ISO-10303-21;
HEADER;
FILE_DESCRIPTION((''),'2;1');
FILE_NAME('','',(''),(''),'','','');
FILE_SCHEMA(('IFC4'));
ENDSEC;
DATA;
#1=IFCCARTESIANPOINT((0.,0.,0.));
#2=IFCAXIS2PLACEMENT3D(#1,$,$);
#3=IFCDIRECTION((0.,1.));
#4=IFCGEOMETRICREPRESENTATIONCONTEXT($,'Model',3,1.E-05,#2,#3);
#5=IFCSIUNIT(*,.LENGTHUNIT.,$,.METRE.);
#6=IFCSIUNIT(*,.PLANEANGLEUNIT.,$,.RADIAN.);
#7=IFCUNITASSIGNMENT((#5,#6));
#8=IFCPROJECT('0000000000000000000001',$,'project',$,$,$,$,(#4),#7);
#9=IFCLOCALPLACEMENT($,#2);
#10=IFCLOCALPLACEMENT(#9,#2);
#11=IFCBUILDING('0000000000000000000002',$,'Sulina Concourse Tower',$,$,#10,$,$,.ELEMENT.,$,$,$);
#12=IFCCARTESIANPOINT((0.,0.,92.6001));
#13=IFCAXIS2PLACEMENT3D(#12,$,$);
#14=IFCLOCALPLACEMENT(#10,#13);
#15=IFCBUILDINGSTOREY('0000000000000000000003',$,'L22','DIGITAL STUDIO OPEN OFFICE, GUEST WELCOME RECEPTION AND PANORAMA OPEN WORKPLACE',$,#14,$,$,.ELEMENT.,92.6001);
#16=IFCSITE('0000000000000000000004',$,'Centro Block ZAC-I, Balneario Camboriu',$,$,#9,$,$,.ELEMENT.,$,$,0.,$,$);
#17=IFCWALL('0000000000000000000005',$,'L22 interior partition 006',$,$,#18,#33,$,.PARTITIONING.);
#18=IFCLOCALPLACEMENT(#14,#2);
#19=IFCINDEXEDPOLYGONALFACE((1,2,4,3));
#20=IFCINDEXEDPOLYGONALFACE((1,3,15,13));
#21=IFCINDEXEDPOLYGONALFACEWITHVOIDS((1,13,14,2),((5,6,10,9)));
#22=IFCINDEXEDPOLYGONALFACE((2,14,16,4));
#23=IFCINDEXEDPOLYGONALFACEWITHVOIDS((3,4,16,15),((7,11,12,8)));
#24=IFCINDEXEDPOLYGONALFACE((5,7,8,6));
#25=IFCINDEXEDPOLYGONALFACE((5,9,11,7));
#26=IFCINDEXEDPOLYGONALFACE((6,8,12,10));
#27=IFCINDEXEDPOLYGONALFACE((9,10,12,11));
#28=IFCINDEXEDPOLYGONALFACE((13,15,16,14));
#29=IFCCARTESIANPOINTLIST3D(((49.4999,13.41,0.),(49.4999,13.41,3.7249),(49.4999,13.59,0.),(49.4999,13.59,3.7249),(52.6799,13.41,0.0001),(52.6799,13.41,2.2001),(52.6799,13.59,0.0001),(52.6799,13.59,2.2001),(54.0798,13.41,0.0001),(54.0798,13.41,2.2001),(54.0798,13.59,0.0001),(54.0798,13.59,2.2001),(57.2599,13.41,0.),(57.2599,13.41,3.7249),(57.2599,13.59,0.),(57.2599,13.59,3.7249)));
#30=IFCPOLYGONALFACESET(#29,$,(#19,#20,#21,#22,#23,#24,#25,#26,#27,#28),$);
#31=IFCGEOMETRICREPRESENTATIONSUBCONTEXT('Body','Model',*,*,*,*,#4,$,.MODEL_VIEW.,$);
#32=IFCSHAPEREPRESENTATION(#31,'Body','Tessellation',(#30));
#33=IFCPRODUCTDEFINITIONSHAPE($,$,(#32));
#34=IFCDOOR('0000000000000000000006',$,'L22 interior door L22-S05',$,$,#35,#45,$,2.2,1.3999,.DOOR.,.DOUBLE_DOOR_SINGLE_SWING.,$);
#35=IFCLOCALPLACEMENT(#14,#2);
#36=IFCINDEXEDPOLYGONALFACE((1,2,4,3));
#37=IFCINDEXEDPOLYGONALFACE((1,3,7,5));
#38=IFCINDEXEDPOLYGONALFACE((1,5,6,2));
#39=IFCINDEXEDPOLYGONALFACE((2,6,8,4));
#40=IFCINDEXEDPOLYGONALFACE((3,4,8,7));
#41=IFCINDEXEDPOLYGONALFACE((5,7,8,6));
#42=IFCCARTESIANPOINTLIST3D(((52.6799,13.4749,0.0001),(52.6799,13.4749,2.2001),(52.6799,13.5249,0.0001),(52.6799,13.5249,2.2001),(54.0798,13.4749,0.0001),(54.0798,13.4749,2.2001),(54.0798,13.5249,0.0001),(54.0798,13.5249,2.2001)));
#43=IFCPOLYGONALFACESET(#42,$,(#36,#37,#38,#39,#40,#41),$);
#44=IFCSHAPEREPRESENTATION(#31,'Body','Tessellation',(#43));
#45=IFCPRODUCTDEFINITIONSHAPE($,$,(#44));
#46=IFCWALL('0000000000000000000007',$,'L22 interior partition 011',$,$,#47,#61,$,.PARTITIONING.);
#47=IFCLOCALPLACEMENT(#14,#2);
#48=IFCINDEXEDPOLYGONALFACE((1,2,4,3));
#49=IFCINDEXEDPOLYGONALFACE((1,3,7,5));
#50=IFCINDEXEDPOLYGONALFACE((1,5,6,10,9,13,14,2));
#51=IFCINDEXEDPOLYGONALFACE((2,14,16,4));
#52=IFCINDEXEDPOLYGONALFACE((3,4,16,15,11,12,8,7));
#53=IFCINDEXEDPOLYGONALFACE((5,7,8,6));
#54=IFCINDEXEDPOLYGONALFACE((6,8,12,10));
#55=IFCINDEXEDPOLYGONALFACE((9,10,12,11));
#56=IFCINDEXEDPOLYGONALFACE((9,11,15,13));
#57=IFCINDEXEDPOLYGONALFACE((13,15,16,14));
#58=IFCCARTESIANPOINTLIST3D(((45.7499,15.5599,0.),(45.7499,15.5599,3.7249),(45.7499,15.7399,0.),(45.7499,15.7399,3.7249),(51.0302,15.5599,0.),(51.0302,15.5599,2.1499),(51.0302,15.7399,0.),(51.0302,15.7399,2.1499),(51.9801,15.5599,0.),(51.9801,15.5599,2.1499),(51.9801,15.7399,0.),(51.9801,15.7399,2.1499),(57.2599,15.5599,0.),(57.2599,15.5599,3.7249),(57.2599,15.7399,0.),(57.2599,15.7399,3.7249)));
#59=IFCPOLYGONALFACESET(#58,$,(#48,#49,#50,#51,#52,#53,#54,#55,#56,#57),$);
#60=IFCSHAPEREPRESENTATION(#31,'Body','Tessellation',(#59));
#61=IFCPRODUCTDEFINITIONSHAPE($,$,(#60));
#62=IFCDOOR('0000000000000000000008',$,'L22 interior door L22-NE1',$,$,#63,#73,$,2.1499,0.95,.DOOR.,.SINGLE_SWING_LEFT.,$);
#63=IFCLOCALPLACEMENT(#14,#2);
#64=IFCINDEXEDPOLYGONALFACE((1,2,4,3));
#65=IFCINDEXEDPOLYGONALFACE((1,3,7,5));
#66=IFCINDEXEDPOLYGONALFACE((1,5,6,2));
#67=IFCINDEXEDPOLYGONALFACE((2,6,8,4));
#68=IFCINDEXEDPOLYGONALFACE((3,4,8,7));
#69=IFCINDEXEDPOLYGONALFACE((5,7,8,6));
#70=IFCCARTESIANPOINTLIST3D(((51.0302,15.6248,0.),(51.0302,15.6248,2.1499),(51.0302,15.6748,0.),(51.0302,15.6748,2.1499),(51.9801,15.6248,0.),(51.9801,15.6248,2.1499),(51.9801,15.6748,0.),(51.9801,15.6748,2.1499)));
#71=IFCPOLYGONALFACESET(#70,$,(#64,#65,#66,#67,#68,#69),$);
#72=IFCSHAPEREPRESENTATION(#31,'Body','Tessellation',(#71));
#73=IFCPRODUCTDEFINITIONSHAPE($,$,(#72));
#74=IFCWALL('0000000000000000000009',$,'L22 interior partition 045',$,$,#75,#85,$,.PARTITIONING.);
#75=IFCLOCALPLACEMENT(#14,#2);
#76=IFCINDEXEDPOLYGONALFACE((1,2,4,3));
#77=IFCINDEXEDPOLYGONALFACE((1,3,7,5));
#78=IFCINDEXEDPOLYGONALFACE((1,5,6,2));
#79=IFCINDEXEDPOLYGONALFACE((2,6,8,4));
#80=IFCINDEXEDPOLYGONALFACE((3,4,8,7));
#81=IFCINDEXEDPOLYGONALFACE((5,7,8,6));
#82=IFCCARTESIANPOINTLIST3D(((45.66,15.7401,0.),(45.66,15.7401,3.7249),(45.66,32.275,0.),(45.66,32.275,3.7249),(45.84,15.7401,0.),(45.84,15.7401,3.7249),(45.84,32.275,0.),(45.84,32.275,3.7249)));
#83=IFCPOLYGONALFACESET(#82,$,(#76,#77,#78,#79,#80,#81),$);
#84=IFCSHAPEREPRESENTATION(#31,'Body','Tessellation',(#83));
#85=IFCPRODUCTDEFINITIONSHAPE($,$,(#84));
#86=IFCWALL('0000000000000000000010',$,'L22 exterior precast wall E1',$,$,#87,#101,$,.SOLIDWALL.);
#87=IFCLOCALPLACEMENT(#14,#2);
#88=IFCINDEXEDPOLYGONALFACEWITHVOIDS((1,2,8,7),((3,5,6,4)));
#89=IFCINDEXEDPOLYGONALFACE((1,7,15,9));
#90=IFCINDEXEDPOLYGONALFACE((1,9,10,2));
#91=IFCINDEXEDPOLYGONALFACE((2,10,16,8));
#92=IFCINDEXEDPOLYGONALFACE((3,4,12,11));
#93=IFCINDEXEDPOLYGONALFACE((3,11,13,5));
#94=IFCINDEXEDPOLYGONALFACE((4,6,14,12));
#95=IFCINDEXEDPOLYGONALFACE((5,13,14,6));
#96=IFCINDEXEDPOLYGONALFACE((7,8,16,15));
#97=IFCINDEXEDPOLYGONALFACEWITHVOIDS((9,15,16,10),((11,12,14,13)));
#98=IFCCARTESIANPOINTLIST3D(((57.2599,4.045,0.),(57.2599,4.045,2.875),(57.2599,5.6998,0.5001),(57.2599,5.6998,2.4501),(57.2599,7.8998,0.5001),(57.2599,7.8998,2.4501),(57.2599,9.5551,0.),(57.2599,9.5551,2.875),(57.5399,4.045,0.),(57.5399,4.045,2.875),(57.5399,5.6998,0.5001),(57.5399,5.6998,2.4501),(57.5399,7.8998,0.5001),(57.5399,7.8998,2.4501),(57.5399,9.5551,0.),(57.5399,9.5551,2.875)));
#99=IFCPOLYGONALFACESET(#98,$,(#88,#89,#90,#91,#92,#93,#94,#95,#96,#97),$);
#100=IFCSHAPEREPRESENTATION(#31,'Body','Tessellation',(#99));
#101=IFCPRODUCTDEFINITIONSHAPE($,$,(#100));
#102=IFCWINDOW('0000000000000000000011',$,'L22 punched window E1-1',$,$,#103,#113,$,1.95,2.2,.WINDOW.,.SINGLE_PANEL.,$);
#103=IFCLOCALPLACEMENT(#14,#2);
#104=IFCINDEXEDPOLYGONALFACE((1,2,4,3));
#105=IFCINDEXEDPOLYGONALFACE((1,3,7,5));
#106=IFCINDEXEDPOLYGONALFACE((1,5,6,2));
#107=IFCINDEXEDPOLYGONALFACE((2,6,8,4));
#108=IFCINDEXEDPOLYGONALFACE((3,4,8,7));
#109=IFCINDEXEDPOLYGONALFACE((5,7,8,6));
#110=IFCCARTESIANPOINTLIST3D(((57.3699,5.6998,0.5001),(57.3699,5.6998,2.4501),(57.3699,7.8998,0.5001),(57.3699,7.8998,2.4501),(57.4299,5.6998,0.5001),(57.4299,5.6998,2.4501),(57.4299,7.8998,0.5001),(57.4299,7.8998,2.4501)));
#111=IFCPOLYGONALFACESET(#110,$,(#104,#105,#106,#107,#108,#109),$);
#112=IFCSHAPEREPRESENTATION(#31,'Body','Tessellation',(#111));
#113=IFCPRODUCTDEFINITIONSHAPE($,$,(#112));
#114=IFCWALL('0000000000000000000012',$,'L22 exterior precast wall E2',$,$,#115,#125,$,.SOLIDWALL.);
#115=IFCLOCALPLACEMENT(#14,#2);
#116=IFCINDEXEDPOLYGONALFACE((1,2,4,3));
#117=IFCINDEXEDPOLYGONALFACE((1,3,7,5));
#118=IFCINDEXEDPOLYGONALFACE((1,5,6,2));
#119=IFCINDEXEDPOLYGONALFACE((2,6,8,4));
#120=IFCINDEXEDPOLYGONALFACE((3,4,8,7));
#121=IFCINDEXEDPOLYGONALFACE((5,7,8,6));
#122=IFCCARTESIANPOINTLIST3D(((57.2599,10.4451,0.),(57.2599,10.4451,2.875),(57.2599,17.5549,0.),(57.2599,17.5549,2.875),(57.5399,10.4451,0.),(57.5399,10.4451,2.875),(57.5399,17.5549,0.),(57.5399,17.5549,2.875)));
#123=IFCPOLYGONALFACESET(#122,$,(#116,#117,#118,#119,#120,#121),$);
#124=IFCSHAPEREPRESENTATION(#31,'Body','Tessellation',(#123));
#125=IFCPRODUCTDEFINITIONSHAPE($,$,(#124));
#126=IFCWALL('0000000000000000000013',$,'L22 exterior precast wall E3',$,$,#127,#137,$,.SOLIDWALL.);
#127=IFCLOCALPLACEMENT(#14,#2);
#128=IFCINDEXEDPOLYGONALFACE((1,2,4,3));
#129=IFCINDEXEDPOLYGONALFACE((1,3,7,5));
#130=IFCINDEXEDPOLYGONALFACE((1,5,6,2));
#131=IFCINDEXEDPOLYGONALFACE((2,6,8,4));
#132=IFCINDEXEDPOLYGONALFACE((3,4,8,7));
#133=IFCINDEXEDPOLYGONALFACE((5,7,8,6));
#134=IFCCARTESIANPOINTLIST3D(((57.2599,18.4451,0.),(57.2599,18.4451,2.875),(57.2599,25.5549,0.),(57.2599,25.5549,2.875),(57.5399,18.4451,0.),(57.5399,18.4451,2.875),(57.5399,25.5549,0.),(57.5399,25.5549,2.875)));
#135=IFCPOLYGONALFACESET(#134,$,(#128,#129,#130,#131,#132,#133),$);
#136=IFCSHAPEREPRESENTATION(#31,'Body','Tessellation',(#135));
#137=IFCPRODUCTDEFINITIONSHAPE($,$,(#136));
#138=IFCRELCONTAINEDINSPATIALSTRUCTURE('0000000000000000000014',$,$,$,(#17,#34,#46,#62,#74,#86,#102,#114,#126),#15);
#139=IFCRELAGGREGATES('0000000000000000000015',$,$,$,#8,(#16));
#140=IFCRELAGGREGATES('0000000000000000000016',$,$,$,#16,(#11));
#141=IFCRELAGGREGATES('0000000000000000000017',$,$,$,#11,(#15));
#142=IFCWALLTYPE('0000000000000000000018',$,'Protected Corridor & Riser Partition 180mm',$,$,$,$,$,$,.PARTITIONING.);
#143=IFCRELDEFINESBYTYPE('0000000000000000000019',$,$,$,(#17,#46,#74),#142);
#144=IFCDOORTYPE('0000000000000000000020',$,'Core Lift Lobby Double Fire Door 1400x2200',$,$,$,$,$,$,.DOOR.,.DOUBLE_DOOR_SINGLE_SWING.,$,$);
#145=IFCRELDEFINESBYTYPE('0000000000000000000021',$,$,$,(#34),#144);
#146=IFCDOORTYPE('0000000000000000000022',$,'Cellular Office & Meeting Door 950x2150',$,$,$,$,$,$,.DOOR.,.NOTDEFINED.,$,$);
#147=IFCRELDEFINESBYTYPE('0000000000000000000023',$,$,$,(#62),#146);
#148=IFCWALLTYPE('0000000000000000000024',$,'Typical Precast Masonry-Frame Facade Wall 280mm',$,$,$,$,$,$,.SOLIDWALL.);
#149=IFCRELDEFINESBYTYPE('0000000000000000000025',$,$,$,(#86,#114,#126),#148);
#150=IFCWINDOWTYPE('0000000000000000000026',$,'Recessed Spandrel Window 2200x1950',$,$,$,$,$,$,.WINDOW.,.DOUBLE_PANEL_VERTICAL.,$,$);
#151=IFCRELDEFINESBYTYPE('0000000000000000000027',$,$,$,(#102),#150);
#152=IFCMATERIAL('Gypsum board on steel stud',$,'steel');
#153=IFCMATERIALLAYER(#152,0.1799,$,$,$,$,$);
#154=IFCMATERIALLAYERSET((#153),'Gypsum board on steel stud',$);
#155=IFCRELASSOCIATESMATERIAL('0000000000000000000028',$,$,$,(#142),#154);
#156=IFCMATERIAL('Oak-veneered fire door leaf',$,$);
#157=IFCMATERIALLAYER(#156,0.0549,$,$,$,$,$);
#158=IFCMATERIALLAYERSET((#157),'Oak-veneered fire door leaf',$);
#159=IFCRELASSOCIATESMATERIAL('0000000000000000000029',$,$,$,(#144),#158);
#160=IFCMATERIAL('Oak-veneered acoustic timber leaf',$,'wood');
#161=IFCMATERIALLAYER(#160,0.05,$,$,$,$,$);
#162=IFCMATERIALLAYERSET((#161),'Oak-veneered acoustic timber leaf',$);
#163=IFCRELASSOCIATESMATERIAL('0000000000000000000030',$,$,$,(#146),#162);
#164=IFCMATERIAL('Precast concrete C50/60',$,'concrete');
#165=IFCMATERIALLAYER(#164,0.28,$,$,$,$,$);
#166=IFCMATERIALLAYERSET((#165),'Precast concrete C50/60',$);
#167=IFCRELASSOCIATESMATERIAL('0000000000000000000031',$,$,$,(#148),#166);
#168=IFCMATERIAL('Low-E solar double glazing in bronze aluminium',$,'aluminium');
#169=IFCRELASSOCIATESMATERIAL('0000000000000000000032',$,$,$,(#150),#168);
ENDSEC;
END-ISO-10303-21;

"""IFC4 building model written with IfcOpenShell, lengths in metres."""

from ifc_helpers import new_model, si_unit, direction, frame, frame_2d, origin, place, context, subcontext, project, spatial, rectangle, extrude, material, layer, layer_set, type_object, element, fill, save


model = new_model("IFC4")

# Units and contexts
model_context = context("Model", 3, precision=1e-05, world=origin(), true_north=direction((0.0, 1.0)))
body_context = subcontext(model_context, "Body", "Model", "MODEL_VIEW")
ifc_project = project(units=[si_unit("LENGTHUNIT", "METRE"), si_unit("PLANEANGLEUNIT", "RADIAN")], contexts=[model_context])

# Site, building, storey
site_placement = place(None, origin())
site = spatial("IfcSite", under=ifc_project, at=site_placement, Name="Centro Block ZAC-I, Balneario Camboriu", CompositionType="ELEMENT", RefElevation=0.0)
building_placement = place(site_placement, origin())
building = spatial("IfcBuilding", under=site, at=building_placement, Name="Sulina Concourse Tower", CompositionType="ELEMENT")
storey_placement = place(building_placement, frame((0.0, 0.0, 92.6001)))
storey = spatial("IfcBuildingStorey", under=building, at=storey_placement, Name="L22", Description="DIGITAL STUDIO OPEN OFFICE, GUEST WELCOME RECEPTION AND PANORAMA OPEN WORKPLACE", CompositionType="ELEMENT", Elevation=92.6001)

# Walls, openings, doors
ifc_material_1 = material(Name="Gypsum board on steel stud", Category="steel")
ifc_layer_1 = layer(ifc_material_1, 0.1799)
ifc_layer_set_1 = layer_set([ifc_layer_1], Name="Gypsum board on steel stud")
wall_type_1 = type_object("IfcWallType", Name="Protected Corridor & Riser Partition 180mm", PredefinedType="PARTITIONING", material=ifc_layer_set_1)
wall_1_placement = place(storey_placement, frame((49.5, 13.5, 0.0), z_axis=(0.0, 0.0, 1.0), x_axis=(1.0, 0.0, 0.0)))
wall_1 = element("IfcWall", 1, at=wall_1_placement, inside=storey, type_object=wall_type_1, Name="L22 interior partition 006", PredefinedType="PARTITIONING", context=body_context, shape_type="SweptSolid", body=[
    extrude(rectangle(XDim=7.76, YDim=0.1799, at=frame_2d((3.8799, 0.0))), origin(), (0.0, 0.0, 1.0), 3.7249),
])
opening_1_placement = place(wall_1_placement, frame((3.1799, 0.0, 0.0)))
opening_1 = element("IfcOpeningElement", 2, at=opening_1_placement, cuts=wall_1, PredefinedType="OPENING", context=body_context, shape_type="SweptSolid", body=[
    extrude(rectangle(XDim=1.3999, YDim=2.2, at=frame_2d((0.7, 1.1001))), frame((0.0, 0.0999, 0.0), z_axis=(0.0, -1.0, 0.0), x_axis=(1.0, 0.0, 0.0)), (0.0, 0.0, 1.0), 0.2),
])
ifc_material_2 = material(Name="Oak-veneered fire door leaf")
ifc_layer_2 = layer(ifc_material_2, 0.0549)
ifc_layer_set_2 = layer_set([ifc_layer_2], Name="Oak-veneered fire door leaf")
door_type_1 = type_object("IfcDoorType", Name="Core Lift Lobby Double Fire Door 1400x2200", OperationType="DOUBLE_DOOR_SINGLE_SWING", PredefinedType="DOOR", material=ifc_layer_set_2)
door_1_placement = place(opening_1_placement, origin())
door_1 = element("IfcDoor", 3, at=door_1_placement, inside=storey, type_object=door_type_1, Name="L22 interior door L22-S05", OperationType="DOUBLE_DOOR_SINGLE_SWING", OverallHeight=2.2, OverallWidth=1.3999, PredefinedType="DOOR", context=body_context, shape_type="SweptSolid", body=[
    extrude(rectangle(XDim=1.3999, YDim=2.2, at=frame_2d((0.7, 1.1001))), frame((0.0, 0.0249, 0.0), z_axis=(0.0, -1.0, 0.0), x_axis=(1.0, 0.0, 0.0)), (0.0, 0.0, 1.0), 0.05),
])
fill(opening_1, door_1)
wall_2_placement = place(storey_placement, frame((45.75, 15.6499, 0.0), z_axis=(0.0, 0.0, 1.0), x_axis=(1.0, 0.0, 0.0)))
wall_2 = element("IfcWall", 4, at=wall_2_placement, inside=storey, type_object=wall_type_1, Name="L22 interior partition 011", PredefinedType="PARTITIONING", context=body_context, shape_type="SweptSolid", body=[
    extrude(rectangle(XDim=11.51, YDim=0.1799, at=frame_2d((5.7549, 0.0))), origin(), (0.0, 0.0, 1.0), 3.7249),
])
opening_2_placement = place(wall_2_placement, frame((5.28, 0.0, 0.0)))
opening_2 = element("IfcOpeningElement", 5, at=opening_2_placement, cuts=wall_2, PredefinedType="OPENING", context=body_context, shape_type="SweptSolid", body=[
    extrude(rectangle(XDim=0.95, YDim=2.1499, at=frame_2d((0.4751, 1.075))), frame((0.0, 0.0999, 0.0), z_axis=(0.0, -1.0, 0.0), x_axis=(1.0, 0.0, 0.0)), (0.0, 0.0, 1.0), 0.2),
])
ifc_material_3 = material(Name="Oak-veneered acoustic timber leaf", Category="wood")
ifc_layer_3 = layer(ifc_material_3, 0.05)
ifc_layer_set_3 = layer_set([ifc_layer_3], Name="Oak-veneered acoustic timber leaf")
door_type_2 = type_object("IfcDoorType", Name="Cellular Office & Meeting Door 950x2150", OperationType="NOTDEFINED", PredefinedType="DOOR", material=ifc_layer_set_3)
door_2_placement = place(opening_2_placement, origin())
door_2 = element("IfcDoor", 6, at=door_2_placement, inside=storey, type_object=door_type_2, Name="L22 interior door L22-NE1", OperationType="SINGLE_SWING_LEFT", OverallHeight=2.1499, OverallWidth=0.95, PredefinedType="DOOR", context=body_context, shape_type="SweptSolid", body=[
    extrude(rectangle(XDim=0.95, YDim=2.1499, at=frame_2d((0.4751, 1.075))), frame((0.0, 0.0249, 0.0), z_axis=(0.0, -1.0, 0.0), x_axis=(1.0, 0.0, 0.0)), (0.0, 0.0, 1.0), 0.05),
])
fill(opening_2, door_2)

# Wall
wall_3_placement = place(storey_placement, frame((45.75, 15.74, 0.0), z_axis=(0.0, 0.0, 1.0), x_axis=(0.0, 1.0, 0.0)))
element("IfcWall", 7, at=wall_3_placement, inside=storey, type_object=wall_type_1, Name="L22 interior partition 045", PredefinedType="PARTITIONING", context=body_context, shape_type="SweptSolid", body=[
    extrude(rectangle(XDim=16.5349, YDim=0.1799, at=frame_2d((8.2676, 0.0))), origin(), (0.0, 0.0, 1.0), 3.7249),
])

# Wall, opening, window
ifc_material_4 = material(Name="Precast concrete C50/60", Category="concrete")
ifc_layer_4 = layer(ifc_material_4, 0.28)
ifc_layer_set_4 = layer_set([ifc_layer_4], Name="Precast concrete C50/60")
wall_type_2 = type_object("IfcWallType", Name="Typical Precast Masonry-Frame Facade Wall 280mm", PredefinedType="SOLIDWALL", material=ifc_layer_set_4)
wall_4_placement = place(storey_placement, frame((57.3999, 9.5549, 0.0), z_axis=(0.0, 0.0, 1.0), x_axis=(0.0, -1.0, 0.0)))
wall_4 = element("IfcWall", 8, at=wall_4_placement, inside=storey, type_object=wall_type_2, Name="L22 exterior precast wall E1", PredefinedType="SOLIDWALL", context=body_context, shape_type="SweptSolid", body=[
    extrude(rectangle(XDim=5.51, YDim=0.28, at=frame_2d((2.7549, 0.0))), origin(), (0.0, 0.0, 1.0), 2.875),
])
opening_3_placement = place(wall_4_placement, frame((1.655, 0.0, 0.5)))
opening_3 = element("IfcOpeningElement", 9, at=opening_3_placement, cuts=wall_4, PredefinedType="OPENING", context=body_context, shape_type="SweptSolid", body=[
    extrude(rectangle(XDim=2.2, YDim=1.95, at=frame_2d((1.1001, 0.9751))), frame((0.0, 0.1499, 0.0), z_axis=(0.0, -1.0, 0.0), x_axis=(1.0, 0.0, 0.0)), (0.0, 0.0, 1.0), 0.3),
])
ifc_material_5 = material(Name="Low-E solar double glazing in bronze aluminium", Category="aluminium")
window_type = type_object("IfcWindowType", Name="Recessed Spandrel Window 2200x1950", PartitioningType="DOUBLE_PANEL_VERTICAL", PredefinedType="WINDOW", material=ifc_material_5)
window_placement = place(opening_3_placement, origin())
window = element("IfcWindow", 10, at=window_placement, inside=storey, type_object=window_type, Name="L22 punched window E1-1", OverallHeight=1.95, OverallWidth=2.2, PartitioningType="SINGLE_PANEL", PredefinedType="WINDOW", context=body_context, shape_type="SweptSolid", body=[
    extrude(rectangle(XDim=2.2, YDim=1.95, at=frame_2d((1.1001, 0.9751))), frame((0.0, 0.03, 0.0), z_axis=(0.0, -1.0, 0.0), x_axis=(1.0, 0.0, 0.0)), (0.0, 0.0, 1.0), 0.0601),
])
fill(opening_3, window)

# Walls
for number, where, z_axis, x_axis, name in (
    (11, (57.3999, 17.5549, 0.0), (0.0, 0.0, 1.0), (0.0, -1.0, 0.0), "L22 exterior precast wall E2"),
    (12, (57.3999, 25.5549, 0.0), (0.0, 0.0, 1.0), (0.0, -1.0, 0.0), "L22 exterior precast wall E3"),
):
    element("IfcWall", number, at=place(storey_placement, frame(where, z_axis=z_axis, x_axis=x_axis)), inside=storey, type_object=wall_type_2, Name=name, PredefinedType="SOLIDWALL", context=body_context, shape_type="SweptSolid", body=[
        extrude(rectangle(XDim=7.1099, YDim=0.28, at=frame_2d((3.5549, 0.0))), origin(), (0.0, 0.0, 1.0), 2.875),
    ])

save(model, "model.ifc")
